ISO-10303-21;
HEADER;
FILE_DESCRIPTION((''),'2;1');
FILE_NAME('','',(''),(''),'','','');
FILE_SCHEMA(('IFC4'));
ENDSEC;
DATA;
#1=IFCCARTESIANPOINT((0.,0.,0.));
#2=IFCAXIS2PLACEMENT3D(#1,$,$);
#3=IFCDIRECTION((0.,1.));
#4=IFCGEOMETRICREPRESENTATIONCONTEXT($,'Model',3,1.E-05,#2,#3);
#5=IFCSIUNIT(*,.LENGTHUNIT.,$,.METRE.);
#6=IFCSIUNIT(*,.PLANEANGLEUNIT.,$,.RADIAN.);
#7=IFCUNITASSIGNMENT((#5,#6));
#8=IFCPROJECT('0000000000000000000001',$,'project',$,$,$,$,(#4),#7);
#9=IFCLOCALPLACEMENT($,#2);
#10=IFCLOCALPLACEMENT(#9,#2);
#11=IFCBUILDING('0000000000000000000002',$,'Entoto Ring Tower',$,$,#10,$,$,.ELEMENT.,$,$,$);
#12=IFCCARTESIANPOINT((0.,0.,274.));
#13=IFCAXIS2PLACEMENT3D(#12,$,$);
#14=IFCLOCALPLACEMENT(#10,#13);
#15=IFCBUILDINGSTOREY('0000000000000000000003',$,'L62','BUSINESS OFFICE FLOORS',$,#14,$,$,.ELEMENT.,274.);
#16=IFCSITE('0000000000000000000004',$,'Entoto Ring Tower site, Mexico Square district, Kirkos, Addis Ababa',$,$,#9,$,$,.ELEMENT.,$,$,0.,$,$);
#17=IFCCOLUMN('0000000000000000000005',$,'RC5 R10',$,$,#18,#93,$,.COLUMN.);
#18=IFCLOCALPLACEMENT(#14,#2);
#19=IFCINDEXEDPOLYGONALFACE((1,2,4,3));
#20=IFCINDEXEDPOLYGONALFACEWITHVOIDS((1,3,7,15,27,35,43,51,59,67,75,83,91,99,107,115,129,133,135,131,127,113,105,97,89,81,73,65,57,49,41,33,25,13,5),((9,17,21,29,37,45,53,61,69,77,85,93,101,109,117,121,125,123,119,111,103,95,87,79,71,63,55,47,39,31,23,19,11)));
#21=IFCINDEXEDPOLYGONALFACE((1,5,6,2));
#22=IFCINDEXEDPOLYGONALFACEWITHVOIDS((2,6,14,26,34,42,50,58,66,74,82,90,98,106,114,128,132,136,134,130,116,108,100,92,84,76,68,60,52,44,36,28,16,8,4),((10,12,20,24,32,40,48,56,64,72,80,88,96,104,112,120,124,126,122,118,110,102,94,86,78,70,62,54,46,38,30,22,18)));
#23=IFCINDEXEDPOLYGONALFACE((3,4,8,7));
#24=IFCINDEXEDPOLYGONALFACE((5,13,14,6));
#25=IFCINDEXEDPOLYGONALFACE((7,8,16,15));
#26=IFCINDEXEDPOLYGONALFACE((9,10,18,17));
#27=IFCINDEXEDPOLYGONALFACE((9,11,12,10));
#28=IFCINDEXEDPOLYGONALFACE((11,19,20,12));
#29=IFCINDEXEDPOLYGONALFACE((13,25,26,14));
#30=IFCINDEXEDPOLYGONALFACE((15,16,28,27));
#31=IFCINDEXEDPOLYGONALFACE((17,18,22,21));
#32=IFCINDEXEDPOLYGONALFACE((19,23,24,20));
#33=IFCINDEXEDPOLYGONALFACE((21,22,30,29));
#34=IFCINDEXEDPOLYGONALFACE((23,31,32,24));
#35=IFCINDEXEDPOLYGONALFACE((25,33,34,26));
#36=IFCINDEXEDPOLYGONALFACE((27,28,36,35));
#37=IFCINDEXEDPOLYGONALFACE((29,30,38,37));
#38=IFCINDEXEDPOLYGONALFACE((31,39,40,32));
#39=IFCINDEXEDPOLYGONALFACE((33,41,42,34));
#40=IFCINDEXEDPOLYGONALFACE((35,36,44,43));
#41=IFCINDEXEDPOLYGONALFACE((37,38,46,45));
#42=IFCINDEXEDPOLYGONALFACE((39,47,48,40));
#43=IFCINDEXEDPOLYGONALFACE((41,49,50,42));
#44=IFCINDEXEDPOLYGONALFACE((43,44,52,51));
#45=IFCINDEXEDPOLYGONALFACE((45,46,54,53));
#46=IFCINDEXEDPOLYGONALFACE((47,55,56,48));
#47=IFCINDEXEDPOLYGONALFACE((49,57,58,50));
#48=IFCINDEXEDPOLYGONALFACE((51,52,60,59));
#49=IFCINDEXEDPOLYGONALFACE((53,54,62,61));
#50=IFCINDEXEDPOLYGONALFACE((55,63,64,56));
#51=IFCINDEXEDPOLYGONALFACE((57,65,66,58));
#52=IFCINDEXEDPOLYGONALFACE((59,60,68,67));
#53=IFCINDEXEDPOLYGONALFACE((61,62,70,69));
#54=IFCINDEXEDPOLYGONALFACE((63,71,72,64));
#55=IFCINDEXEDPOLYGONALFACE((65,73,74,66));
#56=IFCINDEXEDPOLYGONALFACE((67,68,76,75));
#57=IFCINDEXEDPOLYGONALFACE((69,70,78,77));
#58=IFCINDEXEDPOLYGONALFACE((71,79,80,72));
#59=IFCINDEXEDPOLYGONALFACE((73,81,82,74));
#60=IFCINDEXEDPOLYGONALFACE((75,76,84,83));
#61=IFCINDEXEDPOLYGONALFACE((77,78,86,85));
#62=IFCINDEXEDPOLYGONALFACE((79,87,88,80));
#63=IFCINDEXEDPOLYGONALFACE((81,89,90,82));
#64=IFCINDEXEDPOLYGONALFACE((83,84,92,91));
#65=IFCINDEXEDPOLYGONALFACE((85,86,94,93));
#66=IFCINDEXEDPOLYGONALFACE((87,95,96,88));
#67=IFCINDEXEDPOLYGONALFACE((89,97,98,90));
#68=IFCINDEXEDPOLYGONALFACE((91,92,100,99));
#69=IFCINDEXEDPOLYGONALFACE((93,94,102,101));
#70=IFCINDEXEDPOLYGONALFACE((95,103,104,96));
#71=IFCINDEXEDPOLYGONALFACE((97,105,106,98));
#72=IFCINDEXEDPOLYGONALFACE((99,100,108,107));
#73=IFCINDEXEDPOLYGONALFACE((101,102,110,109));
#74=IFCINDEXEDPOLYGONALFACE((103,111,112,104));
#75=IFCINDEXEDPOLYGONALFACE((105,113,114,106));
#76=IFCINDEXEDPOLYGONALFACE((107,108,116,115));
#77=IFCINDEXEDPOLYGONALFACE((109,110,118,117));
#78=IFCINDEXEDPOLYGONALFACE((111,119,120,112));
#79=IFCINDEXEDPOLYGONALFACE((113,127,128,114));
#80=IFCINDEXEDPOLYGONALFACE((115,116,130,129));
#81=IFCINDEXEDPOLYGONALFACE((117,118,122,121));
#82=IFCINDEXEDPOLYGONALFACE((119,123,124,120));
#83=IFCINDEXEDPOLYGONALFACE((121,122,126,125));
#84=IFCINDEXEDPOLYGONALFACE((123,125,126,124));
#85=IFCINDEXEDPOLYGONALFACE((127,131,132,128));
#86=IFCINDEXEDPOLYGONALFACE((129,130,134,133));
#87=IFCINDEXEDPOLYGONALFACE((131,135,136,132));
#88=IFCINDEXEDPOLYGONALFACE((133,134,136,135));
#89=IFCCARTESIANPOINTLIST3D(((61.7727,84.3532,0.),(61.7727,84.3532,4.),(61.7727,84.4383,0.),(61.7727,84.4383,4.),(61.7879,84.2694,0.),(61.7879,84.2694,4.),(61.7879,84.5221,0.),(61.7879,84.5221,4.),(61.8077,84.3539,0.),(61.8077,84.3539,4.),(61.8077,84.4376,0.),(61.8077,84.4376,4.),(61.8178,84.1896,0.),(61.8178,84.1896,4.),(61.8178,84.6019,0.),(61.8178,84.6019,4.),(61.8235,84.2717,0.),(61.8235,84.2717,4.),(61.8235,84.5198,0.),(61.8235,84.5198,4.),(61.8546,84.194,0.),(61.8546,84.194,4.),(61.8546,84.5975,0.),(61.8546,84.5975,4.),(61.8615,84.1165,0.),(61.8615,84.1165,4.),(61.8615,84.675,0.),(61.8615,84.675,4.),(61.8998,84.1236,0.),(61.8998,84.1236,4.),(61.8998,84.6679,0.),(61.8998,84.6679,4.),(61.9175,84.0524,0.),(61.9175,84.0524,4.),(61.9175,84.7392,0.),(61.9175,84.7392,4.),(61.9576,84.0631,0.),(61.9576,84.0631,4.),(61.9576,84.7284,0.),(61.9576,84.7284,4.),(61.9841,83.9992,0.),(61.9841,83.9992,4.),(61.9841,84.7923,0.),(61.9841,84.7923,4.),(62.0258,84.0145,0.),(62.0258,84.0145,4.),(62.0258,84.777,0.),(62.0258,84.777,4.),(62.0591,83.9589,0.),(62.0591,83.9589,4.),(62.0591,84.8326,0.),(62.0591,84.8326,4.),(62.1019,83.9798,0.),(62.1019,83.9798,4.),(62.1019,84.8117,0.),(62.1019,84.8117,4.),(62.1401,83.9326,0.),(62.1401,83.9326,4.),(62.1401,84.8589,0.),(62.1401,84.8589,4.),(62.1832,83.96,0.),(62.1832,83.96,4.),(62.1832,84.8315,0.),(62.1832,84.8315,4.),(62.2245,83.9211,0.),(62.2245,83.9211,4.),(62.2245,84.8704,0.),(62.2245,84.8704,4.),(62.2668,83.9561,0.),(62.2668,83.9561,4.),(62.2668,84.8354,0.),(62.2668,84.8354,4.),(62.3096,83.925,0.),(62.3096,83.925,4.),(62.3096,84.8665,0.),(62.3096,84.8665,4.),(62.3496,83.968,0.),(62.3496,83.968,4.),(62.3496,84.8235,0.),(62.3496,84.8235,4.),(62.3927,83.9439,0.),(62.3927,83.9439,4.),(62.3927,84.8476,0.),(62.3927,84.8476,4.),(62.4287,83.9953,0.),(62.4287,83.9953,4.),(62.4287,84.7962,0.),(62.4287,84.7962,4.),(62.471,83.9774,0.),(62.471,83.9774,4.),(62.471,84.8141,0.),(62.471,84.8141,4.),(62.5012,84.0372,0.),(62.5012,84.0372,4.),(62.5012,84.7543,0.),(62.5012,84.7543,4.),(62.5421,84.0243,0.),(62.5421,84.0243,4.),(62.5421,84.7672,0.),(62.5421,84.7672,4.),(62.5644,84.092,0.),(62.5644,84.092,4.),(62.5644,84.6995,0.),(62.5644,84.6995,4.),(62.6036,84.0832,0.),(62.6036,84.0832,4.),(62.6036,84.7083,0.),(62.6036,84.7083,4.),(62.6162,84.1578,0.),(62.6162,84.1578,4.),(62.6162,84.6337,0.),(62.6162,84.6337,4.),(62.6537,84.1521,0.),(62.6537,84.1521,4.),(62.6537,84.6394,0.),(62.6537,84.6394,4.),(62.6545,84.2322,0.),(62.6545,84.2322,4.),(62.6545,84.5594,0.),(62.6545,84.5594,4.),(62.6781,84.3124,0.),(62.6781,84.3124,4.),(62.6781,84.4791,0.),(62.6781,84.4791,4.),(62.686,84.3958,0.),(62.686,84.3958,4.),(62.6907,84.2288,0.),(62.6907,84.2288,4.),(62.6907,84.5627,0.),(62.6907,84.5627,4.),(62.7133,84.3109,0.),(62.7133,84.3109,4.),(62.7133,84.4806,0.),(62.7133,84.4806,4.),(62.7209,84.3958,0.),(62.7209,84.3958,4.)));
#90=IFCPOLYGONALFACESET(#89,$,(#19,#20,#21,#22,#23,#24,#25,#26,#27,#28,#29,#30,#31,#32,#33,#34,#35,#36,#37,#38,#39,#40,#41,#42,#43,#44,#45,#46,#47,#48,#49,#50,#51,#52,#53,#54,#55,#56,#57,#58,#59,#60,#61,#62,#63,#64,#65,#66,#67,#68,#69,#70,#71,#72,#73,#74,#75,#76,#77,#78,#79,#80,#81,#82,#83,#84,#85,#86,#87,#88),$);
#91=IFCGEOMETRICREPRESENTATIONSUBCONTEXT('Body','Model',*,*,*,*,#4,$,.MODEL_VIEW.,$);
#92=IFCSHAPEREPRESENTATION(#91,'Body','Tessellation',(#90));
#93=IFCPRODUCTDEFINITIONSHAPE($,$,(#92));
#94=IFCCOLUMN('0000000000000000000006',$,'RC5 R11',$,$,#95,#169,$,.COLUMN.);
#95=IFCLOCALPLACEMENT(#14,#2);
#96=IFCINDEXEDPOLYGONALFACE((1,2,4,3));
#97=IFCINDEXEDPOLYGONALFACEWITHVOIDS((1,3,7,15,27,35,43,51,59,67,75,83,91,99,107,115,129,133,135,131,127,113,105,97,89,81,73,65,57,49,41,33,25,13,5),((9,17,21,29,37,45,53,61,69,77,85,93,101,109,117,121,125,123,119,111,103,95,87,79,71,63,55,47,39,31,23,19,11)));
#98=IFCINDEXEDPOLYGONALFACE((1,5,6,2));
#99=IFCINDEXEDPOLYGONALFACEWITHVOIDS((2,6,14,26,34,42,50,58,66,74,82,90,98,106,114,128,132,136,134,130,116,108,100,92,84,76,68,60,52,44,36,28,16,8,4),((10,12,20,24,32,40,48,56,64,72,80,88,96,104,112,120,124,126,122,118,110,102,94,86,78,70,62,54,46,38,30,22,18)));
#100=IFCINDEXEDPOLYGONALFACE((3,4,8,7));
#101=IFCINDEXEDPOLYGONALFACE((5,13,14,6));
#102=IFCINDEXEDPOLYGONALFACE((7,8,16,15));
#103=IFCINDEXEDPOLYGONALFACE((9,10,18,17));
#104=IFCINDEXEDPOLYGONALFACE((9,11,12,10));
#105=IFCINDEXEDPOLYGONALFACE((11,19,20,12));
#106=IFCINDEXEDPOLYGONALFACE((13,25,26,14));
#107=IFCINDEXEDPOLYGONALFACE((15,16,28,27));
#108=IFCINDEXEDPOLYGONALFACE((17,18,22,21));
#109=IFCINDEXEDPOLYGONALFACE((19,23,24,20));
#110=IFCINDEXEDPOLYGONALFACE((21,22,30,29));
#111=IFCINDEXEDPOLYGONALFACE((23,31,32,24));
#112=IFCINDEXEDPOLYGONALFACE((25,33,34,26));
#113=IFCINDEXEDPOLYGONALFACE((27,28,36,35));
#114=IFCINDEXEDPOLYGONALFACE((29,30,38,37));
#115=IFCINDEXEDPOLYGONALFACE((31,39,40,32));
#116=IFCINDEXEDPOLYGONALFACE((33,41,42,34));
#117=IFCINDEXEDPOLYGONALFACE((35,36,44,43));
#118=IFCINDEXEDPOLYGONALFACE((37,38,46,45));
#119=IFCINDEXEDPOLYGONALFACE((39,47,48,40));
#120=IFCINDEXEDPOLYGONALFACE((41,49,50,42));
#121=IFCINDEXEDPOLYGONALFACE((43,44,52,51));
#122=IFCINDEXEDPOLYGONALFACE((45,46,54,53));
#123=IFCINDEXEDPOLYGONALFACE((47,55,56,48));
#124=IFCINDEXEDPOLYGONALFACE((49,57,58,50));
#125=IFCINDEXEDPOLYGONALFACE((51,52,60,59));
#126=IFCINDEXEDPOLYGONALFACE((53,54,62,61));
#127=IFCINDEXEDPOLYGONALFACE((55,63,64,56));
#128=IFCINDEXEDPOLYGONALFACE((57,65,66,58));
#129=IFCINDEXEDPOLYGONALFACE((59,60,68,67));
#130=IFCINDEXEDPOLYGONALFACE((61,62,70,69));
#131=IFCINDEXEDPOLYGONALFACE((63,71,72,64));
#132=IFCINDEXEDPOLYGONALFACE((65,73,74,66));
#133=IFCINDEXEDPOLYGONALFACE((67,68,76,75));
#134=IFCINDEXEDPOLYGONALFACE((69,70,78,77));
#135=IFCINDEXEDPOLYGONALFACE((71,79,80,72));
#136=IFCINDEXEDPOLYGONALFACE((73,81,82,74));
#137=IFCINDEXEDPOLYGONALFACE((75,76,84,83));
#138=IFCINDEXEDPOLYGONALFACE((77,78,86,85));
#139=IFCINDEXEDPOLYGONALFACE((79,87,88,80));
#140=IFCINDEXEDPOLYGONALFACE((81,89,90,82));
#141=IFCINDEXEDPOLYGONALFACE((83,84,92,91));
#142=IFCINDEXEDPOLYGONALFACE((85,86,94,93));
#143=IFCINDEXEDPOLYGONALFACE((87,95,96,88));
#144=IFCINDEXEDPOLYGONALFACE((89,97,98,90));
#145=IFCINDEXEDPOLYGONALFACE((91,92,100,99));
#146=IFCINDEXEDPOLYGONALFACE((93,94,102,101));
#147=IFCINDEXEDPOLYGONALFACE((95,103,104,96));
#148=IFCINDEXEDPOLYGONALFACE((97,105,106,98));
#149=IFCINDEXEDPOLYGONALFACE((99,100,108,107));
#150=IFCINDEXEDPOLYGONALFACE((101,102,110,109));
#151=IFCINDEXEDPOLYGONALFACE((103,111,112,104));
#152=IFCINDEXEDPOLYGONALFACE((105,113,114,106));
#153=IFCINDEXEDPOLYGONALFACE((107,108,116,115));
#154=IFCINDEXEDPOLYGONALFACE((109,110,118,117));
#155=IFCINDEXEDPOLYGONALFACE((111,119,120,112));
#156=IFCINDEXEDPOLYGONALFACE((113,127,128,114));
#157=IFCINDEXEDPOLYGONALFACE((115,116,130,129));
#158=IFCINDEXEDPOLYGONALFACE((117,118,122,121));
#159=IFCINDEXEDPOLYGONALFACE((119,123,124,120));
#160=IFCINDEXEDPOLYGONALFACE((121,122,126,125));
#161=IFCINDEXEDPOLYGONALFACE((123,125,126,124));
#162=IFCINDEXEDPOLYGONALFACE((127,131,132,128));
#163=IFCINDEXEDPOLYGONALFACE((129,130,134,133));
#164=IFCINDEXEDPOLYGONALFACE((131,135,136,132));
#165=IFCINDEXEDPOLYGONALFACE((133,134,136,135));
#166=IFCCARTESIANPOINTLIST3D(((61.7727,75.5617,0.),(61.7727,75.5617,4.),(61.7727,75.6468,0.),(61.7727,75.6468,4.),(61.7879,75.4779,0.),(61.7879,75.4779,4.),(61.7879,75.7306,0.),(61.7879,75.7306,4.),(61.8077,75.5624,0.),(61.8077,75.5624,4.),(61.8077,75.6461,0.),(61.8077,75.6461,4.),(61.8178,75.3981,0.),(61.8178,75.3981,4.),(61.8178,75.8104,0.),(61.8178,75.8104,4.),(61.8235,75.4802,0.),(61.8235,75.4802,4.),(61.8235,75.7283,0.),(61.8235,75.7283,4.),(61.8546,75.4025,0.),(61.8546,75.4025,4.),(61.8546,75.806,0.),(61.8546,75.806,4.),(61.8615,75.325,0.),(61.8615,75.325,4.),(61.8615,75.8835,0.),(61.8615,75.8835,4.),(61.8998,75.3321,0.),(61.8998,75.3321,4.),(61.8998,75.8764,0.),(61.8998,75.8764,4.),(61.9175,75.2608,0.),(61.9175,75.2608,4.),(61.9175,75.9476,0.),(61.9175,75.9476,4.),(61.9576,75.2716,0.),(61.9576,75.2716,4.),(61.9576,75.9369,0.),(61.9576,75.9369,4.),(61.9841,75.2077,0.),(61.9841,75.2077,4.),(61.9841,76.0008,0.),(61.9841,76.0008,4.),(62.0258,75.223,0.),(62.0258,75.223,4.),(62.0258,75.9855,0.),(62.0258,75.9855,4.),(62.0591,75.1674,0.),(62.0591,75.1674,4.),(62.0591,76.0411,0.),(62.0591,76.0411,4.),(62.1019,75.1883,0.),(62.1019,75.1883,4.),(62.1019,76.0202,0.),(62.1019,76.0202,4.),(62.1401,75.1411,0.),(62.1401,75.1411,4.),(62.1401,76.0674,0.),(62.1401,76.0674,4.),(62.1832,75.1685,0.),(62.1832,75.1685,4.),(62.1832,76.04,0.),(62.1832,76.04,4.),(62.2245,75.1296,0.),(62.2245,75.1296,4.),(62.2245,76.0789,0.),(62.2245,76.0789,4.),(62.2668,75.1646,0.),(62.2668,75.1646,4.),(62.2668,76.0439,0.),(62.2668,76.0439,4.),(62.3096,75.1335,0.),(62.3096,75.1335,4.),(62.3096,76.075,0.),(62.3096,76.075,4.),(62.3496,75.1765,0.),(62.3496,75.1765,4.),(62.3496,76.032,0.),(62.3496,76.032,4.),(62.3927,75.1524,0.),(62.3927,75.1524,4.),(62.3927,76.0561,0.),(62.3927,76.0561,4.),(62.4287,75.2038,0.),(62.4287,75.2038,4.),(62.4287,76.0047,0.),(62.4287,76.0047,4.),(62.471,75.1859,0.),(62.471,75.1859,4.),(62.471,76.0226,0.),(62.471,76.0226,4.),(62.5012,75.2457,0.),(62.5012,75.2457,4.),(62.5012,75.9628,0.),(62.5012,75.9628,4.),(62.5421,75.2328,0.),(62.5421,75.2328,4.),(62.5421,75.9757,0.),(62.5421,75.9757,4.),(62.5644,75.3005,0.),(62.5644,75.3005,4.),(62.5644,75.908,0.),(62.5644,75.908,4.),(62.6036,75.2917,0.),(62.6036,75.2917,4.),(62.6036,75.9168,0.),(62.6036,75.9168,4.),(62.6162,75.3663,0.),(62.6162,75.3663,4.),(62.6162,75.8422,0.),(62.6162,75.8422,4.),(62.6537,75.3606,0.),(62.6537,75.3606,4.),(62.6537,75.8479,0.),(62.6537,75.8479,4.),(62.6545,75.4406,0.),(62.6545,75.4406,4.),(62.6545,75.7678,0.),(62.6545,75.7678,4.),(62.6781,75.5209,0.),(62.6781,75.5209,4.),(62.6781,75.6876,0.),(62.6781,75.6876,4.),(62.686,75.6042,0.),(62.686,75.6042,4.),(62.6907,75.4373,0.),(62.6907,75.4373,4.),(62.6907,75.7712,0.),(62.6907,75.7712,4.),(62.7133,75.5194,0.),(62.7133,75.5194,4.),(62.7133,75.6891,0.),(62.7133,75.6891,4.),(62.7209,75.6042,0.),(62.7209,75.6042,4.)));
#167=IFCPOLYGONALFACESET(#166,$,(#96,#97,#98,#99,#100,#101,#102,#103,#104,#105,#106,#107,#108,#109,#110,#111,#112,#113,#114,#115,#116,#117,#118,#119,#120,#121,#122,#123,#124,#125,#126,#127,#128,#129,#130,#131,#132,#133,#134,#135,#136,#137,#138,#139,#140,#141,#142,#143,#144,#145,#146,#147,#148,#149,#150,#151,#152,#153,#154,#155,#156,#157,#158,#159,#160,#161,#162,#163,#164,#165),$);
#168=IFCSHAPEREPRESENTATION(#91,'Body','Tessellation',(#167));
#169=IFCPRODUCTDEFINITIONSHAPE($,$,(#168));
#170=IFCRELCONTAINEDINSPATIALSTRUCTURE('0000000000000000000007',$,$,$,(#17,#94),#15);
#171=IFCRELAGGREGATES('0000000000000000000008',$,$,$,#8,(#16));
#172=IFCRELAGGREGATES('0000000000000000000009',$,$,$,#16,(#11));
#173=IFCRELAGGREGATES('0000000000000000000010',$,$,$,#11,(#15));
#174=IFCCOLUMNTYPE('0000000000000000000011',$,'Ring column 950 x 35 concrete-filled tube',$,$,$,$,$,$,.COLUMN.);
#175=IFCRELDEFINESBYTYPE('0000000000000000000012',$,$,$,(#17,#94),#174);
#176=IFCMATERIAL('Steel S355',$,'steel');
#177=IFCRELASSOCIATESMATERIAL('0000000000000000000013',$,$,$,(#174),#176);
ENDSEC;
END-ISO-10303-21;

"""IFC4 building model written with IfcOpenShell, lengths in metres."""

from ifc_helpers import new_model, si_unit, direction, frame, origin, origin_2d, place, context, subcontext, project, spatial, circle, hollow_circle, extrude, material, material_profile, profile_set, type_object, element, save


model = new_model("IFC4")

# Units and contexts
model_context = context("Model", 3, precision=1e-05, world=origin(), true_north=direction((0.0, 1.0)))
body_context = subcontext(model_context, "Body", "Model", "MODEL_VIEW")
ifc_project = project(units=[si_unit("LENGTHUNIT", "METRE"), si_unit("PLANEANGLEUNIT", "RADIAN")], contexts=[model_context])

# Site, building, storey
site_placement = place(None, origin())
site = spatial("IfcSite", under=ifc_project, at=site_placement, Name="Entoto Ring Tower site, Mexico Square district, Kirkos, Addis Ababa", CompositionType="ELEMENT", RefElevation=0.0)
building_placement = place(site_placement, origin())
building = spatial("IfcBuilding", under=site, at=building_placement, Name="Entoto Ring Tower", CompositionType="ELEMENT")
storey_placement = place(building_placement, frame((0.0, 0.0, 274.0)))
storey = spatial("IfcBuildingStorey", under=building, at=storey_placement, Name="L62", Description="BUSINESS OFFICE FLOORS", CompositionType="ELEMENT", Elevation=274.0)

# Columns
ifc_material_1 = material(Name="Steel S355", Category="steel")
ifc_material_profile_1 = material_profile(ifc_material_1, hollow_circle(Radius=0.4751, WallThickness=0.0349, at=origin_2d()), Name="CHS 950 x 35")
ifc_material_2 = material(Name="Concrete C60/75", Category="concrete")
ifc_material_profile_2 = material_profile(ifc_material_2, circle(Radius=0.4399, at=origin_2d()), Name="Concrete C60/75 infill")
ifc_profile_set_1 = profile_set([ifc_material_profile_1, ifc_material_profile_2], Name="Steel S355")
column_type = type_object("IfcColumnType", Name="Ring column 950 x 35 concrete-filled tube", PredefinedType="COLUMN", material=ifc_profile_set_1)
for number, where, z_axis, x_axis, name in (
    (1, (62.2458, 84.3958, 0.0), (0.0, 0.0, 1.0), (1.0, 0.0, 0.0), "RC5 R10"),
    (2, (62.2458, 75.6042, 0.0), (0.0, 0.0, 1.0), (1.0, 0.0, 0.0), "RC5 R11"),
):
    element("IfcColumn", number, at=place(storey_placement, frame(where, z_axis=z_axis, x_axis=x_axis)), inside=storey, type_object=column_type, Name=name, PredefinedType="COLUMN", context=body_context, shape_type="SweptSolid", body=[
        extrude(hollow_circle(Radius=0.4751, WallThickness=0.0349, at=origin_2d()), origin(), (0.0, 0.0, 1.0), 4.0),
    ])

save(model, "model.ifc")
